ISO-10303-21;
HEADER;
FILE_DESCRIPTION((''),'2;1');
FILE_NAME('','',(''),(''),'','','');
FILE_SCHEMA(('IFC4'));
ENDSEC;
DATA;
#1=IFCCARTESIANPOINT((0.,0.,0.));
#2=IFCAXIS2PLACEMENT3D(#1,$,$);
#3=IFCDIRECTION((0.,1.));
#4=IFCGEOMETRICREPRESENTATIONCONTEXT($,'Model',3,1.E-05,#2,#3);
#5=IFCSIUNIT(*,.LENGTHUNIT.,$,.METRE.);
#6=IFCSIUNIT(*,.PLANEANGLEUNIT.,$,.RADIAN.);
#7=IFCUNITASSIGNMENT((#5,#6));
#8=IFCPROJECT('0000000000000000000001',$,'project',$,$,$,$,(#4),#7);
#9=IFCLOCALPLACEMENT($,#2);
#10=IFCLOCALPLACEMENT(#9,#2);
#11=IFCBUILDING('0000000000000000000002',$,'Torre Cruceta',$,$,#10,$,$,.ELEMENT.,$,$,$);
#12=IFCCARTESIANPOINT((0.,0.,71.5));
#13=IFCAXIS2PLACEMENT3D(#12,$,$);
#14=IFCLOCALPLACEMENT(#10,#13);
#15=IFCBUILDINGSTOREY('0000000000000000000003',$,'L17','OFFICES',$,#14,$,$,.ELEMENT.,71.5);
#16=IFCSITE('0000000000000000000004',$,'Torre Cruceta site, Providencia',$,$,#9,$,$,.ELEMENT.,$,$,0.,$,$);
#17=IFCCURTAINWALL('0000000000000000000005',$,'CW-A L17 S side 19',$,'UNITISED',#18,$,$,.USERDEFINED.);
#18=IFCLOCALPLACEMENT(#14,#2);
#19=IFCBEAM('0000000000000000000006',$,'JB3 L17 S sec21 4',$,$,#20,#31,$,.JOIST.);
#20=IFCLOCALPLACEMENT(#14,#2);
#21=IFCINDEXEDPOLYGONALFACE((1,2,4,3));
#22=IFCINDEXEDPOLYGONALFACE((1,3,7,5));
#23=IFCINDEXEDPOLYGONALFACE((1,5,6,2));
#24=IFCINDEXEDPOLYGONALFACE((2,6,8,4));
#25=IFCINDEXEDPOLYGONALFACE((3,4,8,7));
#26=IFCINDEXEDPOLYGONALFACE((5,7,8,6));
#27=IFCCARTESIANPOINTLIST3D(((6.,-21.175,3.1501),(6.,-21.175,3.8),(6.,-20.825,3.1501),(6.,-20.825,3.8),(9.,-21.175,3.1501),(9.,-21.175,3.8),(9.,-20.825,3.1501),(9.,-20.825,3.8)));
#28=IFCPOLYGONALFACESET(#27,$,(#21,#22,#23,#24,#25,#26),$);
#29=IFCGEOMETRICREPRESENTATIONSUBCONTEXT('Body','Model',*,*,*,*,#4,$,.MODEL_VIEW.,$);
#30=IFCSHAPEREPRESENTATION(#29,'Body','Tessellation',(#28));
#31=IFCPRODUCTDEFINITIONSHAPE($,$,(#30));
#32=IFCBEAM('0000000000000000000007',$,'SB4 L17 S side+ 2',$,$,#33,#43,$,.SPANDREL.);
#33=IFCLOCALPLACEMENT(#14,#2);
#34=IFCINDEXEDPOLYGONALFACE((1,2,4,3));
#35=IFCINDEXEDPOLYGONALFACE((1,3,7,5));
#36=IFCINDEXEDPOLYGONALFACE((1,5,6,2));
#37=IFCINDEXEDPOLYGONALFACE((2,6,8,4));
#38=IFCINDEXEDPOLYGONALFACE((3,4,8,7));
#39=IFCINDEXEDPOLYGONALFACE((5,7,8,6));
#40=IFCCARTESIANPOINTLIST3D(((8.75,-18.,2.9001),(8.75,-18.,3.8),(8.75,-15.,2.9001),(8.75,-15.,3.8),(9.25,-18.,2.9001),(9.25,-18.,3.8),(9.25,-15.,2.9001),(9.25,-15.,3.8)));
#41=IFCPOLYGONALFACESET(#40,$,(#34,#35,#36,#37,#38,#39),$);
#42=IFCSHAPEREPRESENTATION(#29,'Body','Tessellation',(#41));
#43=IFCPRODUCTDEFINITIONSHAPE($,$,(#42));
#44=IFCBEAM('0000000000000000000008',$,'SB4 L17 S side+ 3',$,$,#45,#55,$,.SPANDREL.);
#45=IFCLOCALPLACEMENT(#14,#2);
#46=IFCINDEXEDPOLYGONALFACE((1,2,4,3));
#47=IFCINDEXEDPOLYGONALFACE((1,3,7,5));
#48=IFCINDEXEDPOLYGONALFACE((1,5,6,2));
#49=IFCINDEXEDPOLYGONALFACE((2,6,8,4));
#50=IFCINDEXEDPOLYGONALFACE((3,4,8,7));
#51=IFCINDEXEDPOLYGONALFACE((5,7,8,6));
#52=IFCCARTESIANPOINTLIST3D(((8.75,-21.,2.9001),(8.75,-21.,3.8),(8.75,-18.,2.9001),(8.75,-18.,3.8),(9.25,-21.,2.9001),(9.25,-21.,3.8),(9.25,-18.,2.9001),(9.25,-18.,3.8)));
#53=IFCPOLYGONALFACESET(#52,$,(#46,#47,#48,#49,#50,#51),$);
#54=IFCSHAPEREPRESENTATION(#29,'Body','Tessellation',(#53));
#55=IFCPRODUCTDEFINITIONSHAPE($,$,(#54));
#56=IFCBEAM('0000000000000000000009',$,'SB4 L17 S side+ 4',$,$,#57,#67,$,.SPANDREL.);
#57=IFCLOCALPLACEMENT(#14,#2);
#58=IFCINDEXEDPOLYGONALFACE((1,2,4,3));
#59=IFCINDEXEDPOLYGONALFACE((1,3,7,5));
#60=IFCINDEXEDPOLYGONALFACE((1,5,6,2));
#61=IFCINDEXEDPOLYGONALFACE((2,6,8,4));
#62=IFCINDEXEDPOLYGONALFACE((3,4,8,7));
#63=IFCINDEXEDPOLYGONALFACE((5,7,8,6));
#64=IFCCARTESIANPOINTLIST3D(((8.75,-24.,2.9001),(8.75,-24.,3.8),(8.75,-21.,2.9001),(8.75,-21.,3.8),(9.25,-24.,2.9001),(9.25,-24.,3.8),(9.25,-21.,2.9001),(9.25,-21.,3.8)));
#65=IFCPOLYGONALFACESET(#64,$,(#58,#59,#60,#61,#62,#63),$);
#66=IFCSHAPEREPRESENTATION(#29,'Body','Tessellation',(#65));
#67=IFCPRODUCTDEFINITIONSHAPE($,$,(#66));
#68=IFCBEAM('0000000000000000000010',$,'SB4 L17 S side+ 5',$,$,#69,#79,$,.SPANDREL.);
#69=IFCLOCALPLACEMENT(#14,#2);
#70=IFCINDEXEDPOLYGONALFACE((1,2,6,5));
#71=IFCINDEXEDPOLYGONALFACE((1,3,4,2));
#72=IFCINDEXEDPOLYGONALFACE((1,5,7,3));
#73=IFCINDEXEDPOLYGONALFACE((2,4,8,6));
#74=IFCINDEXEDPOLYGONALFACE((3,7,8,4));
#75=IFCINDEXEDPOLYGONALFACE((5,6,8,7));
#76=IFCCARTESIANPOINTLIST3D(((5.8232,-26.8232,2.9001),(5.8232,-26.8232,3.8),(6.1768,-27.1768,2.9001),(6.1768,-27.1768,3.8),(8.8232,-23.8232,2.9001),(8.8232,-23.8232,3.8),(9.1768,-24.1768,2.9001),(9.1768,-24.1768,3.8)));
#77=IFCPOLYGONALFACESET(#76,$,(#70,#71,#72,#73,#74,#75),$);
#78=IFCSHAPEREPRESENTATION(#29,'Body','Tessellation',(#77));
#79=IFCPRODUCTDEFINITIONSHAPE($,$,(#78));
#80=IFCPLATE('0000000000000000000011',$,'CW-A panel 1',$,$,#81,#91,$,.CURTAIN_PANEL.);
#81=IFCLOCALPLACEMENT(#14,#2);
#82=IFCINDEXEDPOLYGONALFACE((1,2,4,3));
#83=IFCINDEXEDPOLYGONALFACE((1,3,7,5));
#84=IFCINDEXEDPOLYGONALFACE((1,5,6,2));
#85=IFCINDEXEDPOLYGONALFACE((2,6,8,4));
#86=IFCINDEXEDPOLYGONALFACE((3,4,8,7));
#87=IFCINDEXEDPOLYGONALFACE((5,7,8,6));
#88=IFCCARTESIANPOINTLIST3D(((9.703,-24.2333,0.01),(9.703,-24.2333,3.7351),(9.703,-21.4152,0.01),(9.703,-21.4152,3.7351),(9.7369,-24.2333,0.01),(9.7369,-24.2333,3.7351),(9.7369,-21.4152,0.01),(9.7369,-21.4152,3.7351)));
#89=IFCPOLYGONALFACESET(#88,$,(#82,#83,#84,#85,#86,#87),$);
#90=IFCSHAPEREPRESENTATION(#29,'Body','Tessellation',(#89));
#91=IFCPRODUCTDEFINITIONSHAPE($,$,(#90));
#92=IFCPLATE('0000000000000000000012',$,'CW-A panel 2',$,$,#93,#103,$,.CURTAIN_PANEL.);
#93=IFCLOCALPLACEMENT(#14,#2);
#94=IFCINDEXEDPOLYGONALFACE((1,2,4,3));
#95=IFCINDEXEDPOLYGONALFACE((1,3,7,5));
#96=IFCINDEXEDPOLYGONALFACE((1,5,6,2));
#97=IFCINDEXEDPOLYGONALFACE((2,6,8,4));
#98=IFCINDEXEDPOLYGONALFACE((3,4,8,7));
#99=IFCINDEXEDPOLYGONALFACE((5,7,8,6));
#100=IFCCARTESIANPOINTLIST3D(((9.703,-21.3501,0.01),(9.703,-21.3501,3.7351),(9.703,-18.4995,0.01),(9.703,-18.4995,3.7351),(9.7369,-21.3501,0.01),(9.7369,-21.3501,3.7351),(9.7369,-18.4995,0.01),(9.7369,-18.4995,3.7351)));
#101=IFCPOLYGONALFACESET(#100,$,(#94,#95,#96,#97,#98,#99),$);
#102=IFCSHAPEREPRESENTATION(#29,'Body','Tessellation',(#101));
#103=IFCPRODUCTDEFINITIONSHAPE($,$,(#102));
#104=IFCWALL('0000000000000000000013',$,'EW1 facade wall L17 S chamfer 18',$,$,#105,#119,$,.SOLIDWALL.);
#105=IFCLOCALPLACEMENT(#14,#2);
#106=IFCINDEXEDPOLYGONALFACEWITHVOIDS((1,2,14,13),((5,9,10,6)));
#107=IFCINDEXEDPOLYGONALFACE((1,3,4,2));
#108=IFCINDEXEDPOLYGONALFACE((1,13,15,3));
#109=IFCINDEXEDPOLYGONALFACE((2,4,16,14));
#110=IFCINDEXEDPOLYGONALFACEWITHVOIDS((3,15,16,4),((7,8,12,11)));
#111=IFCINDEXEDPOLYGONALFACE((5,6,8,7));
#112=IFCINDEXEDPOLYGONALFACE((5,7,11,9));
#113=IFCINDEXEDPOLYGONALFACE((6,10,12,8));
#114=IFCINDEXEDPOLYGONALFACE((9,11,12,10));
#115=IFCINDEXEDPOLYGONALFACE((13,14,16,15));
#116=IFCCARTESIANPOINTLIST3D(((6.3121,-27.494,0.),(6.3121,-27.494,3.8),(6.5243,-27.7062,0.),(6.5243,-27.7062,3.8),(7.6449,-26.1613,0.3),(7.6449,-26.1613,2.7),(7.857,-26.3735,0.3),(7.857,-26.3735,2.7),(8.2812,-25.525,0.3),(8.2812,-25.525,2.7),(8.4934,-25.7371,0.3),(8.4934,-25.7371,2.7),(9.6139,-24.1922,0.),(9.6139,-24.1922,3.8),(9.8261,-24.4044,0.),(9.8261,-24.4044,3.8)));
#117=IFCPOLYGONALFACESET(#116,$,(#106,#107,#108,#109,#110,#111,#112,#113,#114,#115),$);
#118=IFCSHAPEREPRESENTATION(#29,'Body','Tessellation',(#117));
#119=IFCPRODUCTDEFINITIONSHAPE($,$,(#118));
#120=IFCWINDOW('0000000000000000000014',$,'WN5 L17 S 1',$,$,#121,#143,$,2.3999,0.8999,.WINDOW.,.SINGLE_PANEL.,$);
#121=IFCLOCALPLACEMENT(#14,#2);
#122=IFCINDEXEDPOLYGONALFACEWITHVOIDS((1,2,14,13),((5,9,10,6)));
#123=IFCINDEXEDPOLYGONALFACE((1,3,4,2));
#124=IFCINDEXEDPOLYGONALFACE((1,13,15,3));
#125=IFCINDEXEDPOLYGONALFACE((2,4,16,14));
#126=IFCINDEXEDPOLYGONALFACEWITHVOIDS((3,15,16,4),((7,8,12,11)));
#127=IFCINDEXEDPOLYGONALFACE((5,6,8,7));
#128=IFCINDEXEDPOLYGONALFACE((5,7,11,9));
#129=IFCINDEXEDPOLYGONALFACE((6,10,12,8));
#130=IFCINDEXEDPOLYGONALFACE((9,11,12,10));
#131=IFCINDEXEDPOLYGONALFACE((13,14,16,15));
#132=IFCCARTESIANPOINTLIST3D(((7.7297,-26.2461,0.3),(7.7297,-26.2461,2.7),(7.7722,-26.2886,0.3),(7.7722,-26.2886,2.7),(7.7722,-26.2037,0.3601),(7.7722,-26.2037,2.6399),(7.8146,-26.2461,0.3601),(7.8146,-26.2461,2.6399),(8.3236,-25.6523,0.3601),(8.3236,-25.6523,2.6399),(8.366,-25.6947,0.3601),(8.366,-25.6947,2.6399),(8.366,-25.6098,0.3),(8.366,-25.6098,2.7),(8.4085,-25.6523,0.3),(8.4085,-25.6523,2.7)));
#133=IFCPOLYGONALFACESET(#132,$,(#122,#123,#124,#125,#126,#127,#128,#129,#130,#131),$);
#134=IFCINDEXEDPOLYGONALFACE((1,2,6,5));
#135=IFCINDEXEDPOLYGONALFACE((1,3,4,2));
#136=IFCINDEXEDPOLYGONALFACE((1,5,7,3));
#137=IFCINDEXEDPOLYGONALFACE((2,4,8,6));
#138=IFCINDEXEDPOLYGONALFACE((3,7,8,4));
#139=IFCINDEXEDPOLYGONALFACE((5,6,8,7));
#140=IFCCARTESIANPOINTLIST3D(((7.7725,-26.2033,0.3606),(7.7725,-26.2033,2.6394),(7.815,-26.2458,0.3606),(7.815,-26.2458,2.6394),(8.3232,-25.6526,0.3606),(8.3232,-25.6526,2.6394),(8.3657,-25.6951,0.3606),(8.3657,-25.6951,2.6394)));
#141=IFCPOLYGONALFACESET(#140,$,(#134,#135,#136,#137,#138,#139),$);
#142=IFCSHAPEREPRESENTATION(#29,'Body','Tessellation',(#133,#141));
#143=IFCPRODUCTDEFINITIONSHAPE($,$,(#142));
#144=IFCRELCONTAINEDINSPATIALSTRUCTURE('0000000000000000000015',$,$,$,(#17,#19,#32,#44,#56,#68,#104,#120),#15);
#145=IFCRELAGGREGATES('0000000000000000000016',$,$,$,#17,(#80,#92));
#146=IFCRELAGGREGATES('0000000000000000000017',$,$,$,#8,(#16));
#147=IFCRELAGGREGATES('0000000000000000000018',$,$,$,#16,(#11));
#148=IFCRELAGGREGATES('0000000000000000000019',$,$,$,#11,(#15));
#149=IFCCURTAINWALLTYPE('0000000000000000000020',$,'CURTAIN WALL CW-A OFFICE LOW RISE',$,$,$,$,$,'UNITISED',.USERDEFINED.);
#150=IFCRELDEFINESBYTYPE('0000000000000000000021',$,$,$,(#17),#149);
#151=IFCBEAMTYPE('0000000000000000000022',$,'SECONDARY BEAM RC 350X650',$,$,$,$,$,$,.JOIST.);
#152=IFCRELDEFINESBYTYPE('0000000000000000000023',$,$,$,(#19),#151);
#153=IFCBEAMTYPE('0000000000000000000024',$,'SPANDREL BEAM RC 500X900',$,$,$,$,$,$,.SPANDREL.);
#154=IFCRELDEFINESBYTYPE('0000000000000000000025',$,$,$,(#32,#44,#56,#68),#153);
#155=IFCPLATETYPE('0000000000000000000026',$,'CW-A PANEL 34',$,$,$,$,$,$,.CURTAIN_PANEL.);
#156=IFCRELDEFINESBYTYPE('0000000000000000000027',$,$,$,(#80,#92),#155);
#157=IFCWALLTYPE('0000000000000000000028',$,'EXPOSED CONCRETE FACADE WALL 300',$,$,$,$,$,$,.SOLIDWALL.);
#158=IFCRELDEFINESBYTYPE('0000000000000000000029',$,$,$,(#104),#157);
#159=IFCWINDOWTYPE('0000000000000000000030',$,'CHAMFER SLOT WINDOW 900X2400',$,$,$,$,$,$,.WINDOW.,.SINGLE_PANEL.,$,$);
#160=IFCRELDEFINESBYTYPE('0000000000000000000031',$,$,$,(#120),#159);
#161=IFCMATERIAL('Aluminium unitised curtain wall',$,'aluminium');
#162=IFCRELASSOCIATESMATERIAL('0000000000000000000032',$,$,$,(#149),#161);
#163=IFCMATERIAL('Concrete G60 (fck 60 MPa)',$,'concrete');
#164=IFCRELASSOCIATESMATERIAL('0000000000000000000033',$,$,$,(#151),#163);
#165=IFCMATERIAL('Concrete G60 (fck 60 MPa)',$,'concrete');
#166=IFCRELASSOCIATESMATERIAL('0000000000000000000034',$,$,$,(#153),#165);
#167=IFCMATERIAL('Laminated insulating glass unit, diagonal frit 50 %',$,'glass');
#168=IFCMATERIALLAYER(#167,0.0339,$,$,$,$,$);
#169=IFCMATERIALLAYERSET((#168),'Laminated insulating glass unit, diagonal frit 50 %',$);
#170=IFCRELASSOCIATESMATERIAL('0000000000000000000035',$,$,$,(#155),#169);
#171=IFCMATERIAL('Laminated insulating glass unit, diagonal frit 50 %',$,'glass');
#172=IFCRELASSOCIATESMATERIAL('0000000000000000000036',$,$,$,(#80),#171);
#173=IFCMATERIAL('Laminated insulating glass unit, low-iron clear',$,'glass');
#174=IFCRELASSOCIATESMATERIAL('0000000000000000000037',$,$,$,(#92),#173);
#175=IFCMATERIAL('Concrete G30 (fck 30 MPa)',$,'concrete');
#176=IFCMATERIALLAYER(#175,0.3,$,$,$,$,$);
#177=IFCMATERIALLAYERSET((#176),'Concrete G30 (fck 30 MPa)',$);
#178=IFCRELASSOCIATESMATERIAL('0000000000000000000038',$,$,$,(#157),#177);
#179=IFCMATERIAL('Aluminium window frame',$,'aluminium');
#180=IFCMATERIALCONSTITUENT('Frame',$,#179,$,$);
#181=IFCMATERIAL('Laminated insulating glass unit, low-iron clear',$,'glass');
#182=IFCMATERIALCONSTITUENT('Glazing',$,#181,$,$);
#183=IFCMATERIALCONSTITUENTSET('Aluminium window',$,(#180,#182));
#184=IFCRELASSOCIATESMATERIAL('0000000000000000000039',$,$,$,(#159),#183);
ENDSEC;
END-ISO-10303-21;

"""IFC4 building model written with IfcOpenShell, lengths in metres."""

from ifc_helpers import new_model, si_unit, direction, frame, frame_2d, origin, origin_2d, place, context, subcontext, project, spatial, rectangle, hollow_rectangle, extrude, material, layer, layer_set, constituent, constituent_set, material_profile, profile_set, type_object, element, fill, aggregate, save


model = new_model("IFC4")

# Units and contexts
model_context = context("Model", 3, precision=1e-05, world=origin(), true_north=direction((0.0, 1.0)))
body_context = subcontext(model_context, "Body", "Model", "MODEL_VIEW")
ifc_project = project(units=[si_unit("LENGTHUNIT", "METRE"), si_unit("PLANEANGLEUNIT", "RADIAN")], contexts=[model_context])

# Site, building, storey
site_placement = place(None, origin())
site = spatial("IfcSite", under=ifc_project, at=site_placement, Name="Torre Cruceta site, Providencia", CompositionType="ELEMENT", RefElevation=0.0)
building_placement = place(site_placement, origin())
building = spatial("IfcBuilding", under=site, at=building_placement, Name="Torre Cruceta", CompositionType="ELEMENT")
storey_placement = place(building_placement, frame((0.0, 0.0, 71.5)))
storey = spatial("IfcBuildingStorey", under=building, at=storey_placement, Name="L17", Description="OFFICES", CompositionType="ELEMENT", Elevation=71.5)

# Curtain wall
ifc_material_1 = material(Name="Aluminium unitised curtain wall", Category="aluminium")
curtain_wall_type = type_object("IfcCurtainWallType", Name="CURTAIN WALL CW-A OFFICE LOW RISE", ElementType="UNITISED", PredefinedType="USERDEFINED", material=ifc_material_1)
curtain_wall_placement = place(storey_placement, origin())
curtain_wall = element("IfcCurtainWall", 1, at=curtain_wall_placement, inside=storey, type_object=curtain_wall_type, Name="CW-A L17 S side 19", ObjectType="UNITISED", PredefinedType="USERDEFINED")

# Beams
ifc_material_2 = material(Name="Concrete G60 (fck 60 MPa)", Category="concrete")
ifc_material_profile_1 = material_profile(ifc_material_2, rectangle(XDim=0.3501, YDim=0.6499, at=origin_2d()), Name="RC 350X650")
ifc_profile_set_1 = profile_set([ifc_material_profile_1], Name="Concrete G60 (fck 60 MPa)")
beam_type_1 = type_object("IfcBeamType", Name="SECONDARY BEAM RC 350X650", PredefinedType="JOIST", material=ifc_profile_set_1)
beam_1_placement = place(storey_placement, frame((6.0, -21.0, 3.4751), z_axis=(1.0, 0.0, 0.0), x_axis=(0.0, 1.0, 0.0)))
element("IfcBeam", 2, at=beam_1_placement, inside=storey, type_object=beam_type_1, Name="JB3 L17 S sec21 4", PredefinedType="JOIST", context=body_context, shape_type="SweptSolid", body=[
    extrude(rectangle(XDim=0.3501, YDim=0.6499, at=origin_2d()), origin(), (0.0, 0.0, 1.0), 3.0),
])
ifc_material_3 = material(Name="Concrete G60 (fck 60 MPa)", Category="concrete")
ifc_material_profile_2 = material_profile(ifc_material_3, rectangle(XDim=0.5, YDim=0.8999, at=origin_2d()), Name="RC 500X900")
ifc_profile_set_2 = profile_set([ifc_material_profile_2], Name="Concrete G60 (fck 60 MPa)")
beam_type_2 = type_object("IfcBeamType", Name="SPANDREL BEAM RC 500X900", PredefinedType="SPANDREL", material=ifc_profile_set_2)
for number, where, z_axis, x_axis, name in (
    (3, (9.0, -15.0, 3.3501), (0.0, -1.0, 0.0), (1.0, 0.0, 0.0), "SB4 L17 S side+ 2"),
    (4, (9.0, -18.0, 3.3501), (0.0, -1.0, 0.0), (1.0, 0.0, 0.0), "SB4 L17 S side+ 3"),
    (5, (9.0, -21.0, 3.3501), (0.0, -1.0, 0.0), (1.0, 0.0, 0.0), "SB4 L17 S side+ 4"),
):
    element("IfcBeam", number, at=place(storey_placement, frame(where, z_axis=z_axis, x_axis=x_axis)), inside=storey, type_object=beam_type_2, Name=name, PredefinedType="SPANDREL", context=body_context, shape_type="SweptSolid", body=[
        extrude(rectangle(XDim=0.5, YDim=0.8999, at=origin_2d()), origin(), (0.0, 0.0, 1.0), 3.0),
    ])
beam_2_placement = place(storey_placement, frame((9.0, -24.0, 3.3501), z_axis=(-0.707107, -0.707107, 0.0), x_axis=(0.707107, -0.707107, 0.0)))
element("IfcBeam", 6, at=beam_2_placement, inside=storey, type_object=beam_type_2, Name="SB4 L17 S side+ 5", PredefinedType="SPANDREL", context=body_context, shape_type="SweptSolid", body=[
    extrude(rectangle(XDim=0.5, YDim=0.8999, at=origin_2d()), origin(), (0.0, 0.0, 1.0), 4.2427),
])

# Plates
ifc_material_4 = material(Name="Laminated insulating glass unit, diagonal frit 50 %", Category="glass")
ifc_material_5 = material(Name="Laminated insulating glass unit, diagonal frit 50 %", Category="glass")
ifc_layer_1 = layer(ifc_material_5, 0.0339)
ifc_layer_set_1 = layer_set([ifc_layer_1], Name="Laminated insulating glass unit, diagonal frit 50 %")
plate_type = type_object("IfcPlateType", Name="CW-A PANEL 34", PredefinedType="CURTAIN_PANEL", material=ifc_layer_set_1)
plate_1_placement = place(storey_placement, frame((9.72, -22.8242, 0.01), z_axis=(0.0, 0.0, 1.0), x_axis=(0.0, 1.0, 0.0)))
plate_1 = element("IfcPlate", 7, at=plate_1_placement, type_object=plate_type, material=ifc_material_4, Name="CW-A panel 1", PredefinedType="CURTAIN_PANEL", context=body_context, shape_type="SweptSolid", body=[
    extrude(rectangle(XDim=2.8181, YDim=0.0339, at=origin_2d()), origin(), (0.0, 0.0, 1.0), 3.7251),
])
ifc_material_6 = material(Name="Laminated insulating glass unit, low-iron clear", Category="glass")
plate_2_placement = place(storey_placement, frame((9.72, -19.9248, 0.01), z_axis=(0.0, 0.0, 1.0), x_axis=(0.0, 1.0, 0.0)))
plate_2 = element("IfcPlate", 8, at=plate_2_placement, type_object=plate_type, material=ifc_material_6, Name="CW-A panel 2", PredefinedType="CURTAIN_PANEL", context=body_context, shape_type="SweptSolid", body=[
    extrude(rectangle(XDim=2.8506, YDim=0.0339, at=origin_2d()), origin(), (0.0, 0.0, 1.0), 3.7251),
])
aggregate(curtain_wall, [plate_1, plate_2])

# Wall, opening, window
ifc_material_7 = material(Name="Concrete G30 (fck 30 MPa)", Category="concrete")
ifc_layer_2 = layer(ifc_material_7, 0.3)
ifc_layer_set_2 = layer_set([ifc_layer_2], Name="Concrete G30 (fck 30 MPa)")
wall_type_1 = type_object("IfcWallType", Name="EXPOSED CONCRETE FACADE WALL 300", PredefinedType="SOLIDWALL", material=ifc_layer_set_2)
wall_1_placement = place(storey_placement, frame((6.4182, -27.6001, 0.0), z_axis=(0.0, 0.0, 1.0), x_axis=(0.707107, 0.707107, 0.0)))
wall_1 = element("IfcWall", 9, at=wall_1_placement, inside=storey, type_object=wall_type_1, Name="EW1 facade wall L17 S chamfer 18", PredefinedType="SOLIDWALL", context=body_context, shape_type="SweptSolid", body=[
    extrude(rectangle(XDim=4.6694, YDim=0.3, at=frame_2d((2.3347, 0.0))), origin(), (0.0, 0.0, 1.0), 3.8),
])
opening_1_placement = place(wall_1_placement, frame((1.8848, 0.0, 0.3)))
opening_1 = element("IfcOpeningElement", 10, at=opening_1_placement, cuts=wall_1, PredefinedType="OPENING", context=body_context, shape_type="SweptSolid", body=[
    extrude(rectangle(XDim=0.8999, YDim=2.3999, at=frame_2d((0.45, 1.2))), frame((0.0, 0.1599, 0.0), z_axis=(0.0, -1.0, 0.0), x_axis=(1.0, 0.0, 0.0)), (0.0, 0.0, 1.0), 0.3201),
])
ifc_material_8 = material(Name="Aluminium window frame", Category="aluminium")
ifc_constituent_1 = constituent(ifc_material_8, Name="Frame")
ifc_material_9 = material(Name="Laminated insulating glass unit, low-iron clear", Category="glass")
ifc_constituent_2 = constituent(ifc_material_9, Name="Glazing")
ifc_constituent_set_1 = constituent_set(constituents=[ifc_constituent_1, ifc_constituent_2], Name="Aluminium window")
window_type = type_object("IfcWindowType", Name="CHAMFER SLOT WINDOW 900X2400", PartitioningType="SINGLE_PANEL", PredefinedType="WINDOW", material=ifc_constituent_set_1)
window_placement = place(opening_1_placement, origin())
window = element("IfcWindow", 11, at=window_placement, inside=storey, type_object=window_type, Name="WN5 L17 S 1", OverallHeight=2.3999, OverallWidth=0.8999, PartitioningType="SINGLE_PANEL", PredefinedType="WINDOW", context=body_context, shape_type="SweptSolid", body=[
    extrude(hollow_rectangle(XDim=0.8999, YDim=2.3999, WallThickness=0.0601, at=frame_2d((0.45, 1.2))), frame((0.0, 0.03, 0.0), z_axis=(0.0, -1.0, 0.0), x_axis=(1.0, 0.0, 0.0)), (0.0, 0.0, 1.0), 0.0601),
    extrude(rectangle(XDim=0.7788, YDim=2.2788, at=frame_2d((0.45, 1.2))), frame((0.0, 0.03, 0.0), z_axis=(0.0, -1.0, 0.0), x_axis=(1.0, 0.0, 0.0)), (0.0, 0.0, 1.0), 0.0601),
])
fill(opening_1, window)

save(model, "model.ifc")
